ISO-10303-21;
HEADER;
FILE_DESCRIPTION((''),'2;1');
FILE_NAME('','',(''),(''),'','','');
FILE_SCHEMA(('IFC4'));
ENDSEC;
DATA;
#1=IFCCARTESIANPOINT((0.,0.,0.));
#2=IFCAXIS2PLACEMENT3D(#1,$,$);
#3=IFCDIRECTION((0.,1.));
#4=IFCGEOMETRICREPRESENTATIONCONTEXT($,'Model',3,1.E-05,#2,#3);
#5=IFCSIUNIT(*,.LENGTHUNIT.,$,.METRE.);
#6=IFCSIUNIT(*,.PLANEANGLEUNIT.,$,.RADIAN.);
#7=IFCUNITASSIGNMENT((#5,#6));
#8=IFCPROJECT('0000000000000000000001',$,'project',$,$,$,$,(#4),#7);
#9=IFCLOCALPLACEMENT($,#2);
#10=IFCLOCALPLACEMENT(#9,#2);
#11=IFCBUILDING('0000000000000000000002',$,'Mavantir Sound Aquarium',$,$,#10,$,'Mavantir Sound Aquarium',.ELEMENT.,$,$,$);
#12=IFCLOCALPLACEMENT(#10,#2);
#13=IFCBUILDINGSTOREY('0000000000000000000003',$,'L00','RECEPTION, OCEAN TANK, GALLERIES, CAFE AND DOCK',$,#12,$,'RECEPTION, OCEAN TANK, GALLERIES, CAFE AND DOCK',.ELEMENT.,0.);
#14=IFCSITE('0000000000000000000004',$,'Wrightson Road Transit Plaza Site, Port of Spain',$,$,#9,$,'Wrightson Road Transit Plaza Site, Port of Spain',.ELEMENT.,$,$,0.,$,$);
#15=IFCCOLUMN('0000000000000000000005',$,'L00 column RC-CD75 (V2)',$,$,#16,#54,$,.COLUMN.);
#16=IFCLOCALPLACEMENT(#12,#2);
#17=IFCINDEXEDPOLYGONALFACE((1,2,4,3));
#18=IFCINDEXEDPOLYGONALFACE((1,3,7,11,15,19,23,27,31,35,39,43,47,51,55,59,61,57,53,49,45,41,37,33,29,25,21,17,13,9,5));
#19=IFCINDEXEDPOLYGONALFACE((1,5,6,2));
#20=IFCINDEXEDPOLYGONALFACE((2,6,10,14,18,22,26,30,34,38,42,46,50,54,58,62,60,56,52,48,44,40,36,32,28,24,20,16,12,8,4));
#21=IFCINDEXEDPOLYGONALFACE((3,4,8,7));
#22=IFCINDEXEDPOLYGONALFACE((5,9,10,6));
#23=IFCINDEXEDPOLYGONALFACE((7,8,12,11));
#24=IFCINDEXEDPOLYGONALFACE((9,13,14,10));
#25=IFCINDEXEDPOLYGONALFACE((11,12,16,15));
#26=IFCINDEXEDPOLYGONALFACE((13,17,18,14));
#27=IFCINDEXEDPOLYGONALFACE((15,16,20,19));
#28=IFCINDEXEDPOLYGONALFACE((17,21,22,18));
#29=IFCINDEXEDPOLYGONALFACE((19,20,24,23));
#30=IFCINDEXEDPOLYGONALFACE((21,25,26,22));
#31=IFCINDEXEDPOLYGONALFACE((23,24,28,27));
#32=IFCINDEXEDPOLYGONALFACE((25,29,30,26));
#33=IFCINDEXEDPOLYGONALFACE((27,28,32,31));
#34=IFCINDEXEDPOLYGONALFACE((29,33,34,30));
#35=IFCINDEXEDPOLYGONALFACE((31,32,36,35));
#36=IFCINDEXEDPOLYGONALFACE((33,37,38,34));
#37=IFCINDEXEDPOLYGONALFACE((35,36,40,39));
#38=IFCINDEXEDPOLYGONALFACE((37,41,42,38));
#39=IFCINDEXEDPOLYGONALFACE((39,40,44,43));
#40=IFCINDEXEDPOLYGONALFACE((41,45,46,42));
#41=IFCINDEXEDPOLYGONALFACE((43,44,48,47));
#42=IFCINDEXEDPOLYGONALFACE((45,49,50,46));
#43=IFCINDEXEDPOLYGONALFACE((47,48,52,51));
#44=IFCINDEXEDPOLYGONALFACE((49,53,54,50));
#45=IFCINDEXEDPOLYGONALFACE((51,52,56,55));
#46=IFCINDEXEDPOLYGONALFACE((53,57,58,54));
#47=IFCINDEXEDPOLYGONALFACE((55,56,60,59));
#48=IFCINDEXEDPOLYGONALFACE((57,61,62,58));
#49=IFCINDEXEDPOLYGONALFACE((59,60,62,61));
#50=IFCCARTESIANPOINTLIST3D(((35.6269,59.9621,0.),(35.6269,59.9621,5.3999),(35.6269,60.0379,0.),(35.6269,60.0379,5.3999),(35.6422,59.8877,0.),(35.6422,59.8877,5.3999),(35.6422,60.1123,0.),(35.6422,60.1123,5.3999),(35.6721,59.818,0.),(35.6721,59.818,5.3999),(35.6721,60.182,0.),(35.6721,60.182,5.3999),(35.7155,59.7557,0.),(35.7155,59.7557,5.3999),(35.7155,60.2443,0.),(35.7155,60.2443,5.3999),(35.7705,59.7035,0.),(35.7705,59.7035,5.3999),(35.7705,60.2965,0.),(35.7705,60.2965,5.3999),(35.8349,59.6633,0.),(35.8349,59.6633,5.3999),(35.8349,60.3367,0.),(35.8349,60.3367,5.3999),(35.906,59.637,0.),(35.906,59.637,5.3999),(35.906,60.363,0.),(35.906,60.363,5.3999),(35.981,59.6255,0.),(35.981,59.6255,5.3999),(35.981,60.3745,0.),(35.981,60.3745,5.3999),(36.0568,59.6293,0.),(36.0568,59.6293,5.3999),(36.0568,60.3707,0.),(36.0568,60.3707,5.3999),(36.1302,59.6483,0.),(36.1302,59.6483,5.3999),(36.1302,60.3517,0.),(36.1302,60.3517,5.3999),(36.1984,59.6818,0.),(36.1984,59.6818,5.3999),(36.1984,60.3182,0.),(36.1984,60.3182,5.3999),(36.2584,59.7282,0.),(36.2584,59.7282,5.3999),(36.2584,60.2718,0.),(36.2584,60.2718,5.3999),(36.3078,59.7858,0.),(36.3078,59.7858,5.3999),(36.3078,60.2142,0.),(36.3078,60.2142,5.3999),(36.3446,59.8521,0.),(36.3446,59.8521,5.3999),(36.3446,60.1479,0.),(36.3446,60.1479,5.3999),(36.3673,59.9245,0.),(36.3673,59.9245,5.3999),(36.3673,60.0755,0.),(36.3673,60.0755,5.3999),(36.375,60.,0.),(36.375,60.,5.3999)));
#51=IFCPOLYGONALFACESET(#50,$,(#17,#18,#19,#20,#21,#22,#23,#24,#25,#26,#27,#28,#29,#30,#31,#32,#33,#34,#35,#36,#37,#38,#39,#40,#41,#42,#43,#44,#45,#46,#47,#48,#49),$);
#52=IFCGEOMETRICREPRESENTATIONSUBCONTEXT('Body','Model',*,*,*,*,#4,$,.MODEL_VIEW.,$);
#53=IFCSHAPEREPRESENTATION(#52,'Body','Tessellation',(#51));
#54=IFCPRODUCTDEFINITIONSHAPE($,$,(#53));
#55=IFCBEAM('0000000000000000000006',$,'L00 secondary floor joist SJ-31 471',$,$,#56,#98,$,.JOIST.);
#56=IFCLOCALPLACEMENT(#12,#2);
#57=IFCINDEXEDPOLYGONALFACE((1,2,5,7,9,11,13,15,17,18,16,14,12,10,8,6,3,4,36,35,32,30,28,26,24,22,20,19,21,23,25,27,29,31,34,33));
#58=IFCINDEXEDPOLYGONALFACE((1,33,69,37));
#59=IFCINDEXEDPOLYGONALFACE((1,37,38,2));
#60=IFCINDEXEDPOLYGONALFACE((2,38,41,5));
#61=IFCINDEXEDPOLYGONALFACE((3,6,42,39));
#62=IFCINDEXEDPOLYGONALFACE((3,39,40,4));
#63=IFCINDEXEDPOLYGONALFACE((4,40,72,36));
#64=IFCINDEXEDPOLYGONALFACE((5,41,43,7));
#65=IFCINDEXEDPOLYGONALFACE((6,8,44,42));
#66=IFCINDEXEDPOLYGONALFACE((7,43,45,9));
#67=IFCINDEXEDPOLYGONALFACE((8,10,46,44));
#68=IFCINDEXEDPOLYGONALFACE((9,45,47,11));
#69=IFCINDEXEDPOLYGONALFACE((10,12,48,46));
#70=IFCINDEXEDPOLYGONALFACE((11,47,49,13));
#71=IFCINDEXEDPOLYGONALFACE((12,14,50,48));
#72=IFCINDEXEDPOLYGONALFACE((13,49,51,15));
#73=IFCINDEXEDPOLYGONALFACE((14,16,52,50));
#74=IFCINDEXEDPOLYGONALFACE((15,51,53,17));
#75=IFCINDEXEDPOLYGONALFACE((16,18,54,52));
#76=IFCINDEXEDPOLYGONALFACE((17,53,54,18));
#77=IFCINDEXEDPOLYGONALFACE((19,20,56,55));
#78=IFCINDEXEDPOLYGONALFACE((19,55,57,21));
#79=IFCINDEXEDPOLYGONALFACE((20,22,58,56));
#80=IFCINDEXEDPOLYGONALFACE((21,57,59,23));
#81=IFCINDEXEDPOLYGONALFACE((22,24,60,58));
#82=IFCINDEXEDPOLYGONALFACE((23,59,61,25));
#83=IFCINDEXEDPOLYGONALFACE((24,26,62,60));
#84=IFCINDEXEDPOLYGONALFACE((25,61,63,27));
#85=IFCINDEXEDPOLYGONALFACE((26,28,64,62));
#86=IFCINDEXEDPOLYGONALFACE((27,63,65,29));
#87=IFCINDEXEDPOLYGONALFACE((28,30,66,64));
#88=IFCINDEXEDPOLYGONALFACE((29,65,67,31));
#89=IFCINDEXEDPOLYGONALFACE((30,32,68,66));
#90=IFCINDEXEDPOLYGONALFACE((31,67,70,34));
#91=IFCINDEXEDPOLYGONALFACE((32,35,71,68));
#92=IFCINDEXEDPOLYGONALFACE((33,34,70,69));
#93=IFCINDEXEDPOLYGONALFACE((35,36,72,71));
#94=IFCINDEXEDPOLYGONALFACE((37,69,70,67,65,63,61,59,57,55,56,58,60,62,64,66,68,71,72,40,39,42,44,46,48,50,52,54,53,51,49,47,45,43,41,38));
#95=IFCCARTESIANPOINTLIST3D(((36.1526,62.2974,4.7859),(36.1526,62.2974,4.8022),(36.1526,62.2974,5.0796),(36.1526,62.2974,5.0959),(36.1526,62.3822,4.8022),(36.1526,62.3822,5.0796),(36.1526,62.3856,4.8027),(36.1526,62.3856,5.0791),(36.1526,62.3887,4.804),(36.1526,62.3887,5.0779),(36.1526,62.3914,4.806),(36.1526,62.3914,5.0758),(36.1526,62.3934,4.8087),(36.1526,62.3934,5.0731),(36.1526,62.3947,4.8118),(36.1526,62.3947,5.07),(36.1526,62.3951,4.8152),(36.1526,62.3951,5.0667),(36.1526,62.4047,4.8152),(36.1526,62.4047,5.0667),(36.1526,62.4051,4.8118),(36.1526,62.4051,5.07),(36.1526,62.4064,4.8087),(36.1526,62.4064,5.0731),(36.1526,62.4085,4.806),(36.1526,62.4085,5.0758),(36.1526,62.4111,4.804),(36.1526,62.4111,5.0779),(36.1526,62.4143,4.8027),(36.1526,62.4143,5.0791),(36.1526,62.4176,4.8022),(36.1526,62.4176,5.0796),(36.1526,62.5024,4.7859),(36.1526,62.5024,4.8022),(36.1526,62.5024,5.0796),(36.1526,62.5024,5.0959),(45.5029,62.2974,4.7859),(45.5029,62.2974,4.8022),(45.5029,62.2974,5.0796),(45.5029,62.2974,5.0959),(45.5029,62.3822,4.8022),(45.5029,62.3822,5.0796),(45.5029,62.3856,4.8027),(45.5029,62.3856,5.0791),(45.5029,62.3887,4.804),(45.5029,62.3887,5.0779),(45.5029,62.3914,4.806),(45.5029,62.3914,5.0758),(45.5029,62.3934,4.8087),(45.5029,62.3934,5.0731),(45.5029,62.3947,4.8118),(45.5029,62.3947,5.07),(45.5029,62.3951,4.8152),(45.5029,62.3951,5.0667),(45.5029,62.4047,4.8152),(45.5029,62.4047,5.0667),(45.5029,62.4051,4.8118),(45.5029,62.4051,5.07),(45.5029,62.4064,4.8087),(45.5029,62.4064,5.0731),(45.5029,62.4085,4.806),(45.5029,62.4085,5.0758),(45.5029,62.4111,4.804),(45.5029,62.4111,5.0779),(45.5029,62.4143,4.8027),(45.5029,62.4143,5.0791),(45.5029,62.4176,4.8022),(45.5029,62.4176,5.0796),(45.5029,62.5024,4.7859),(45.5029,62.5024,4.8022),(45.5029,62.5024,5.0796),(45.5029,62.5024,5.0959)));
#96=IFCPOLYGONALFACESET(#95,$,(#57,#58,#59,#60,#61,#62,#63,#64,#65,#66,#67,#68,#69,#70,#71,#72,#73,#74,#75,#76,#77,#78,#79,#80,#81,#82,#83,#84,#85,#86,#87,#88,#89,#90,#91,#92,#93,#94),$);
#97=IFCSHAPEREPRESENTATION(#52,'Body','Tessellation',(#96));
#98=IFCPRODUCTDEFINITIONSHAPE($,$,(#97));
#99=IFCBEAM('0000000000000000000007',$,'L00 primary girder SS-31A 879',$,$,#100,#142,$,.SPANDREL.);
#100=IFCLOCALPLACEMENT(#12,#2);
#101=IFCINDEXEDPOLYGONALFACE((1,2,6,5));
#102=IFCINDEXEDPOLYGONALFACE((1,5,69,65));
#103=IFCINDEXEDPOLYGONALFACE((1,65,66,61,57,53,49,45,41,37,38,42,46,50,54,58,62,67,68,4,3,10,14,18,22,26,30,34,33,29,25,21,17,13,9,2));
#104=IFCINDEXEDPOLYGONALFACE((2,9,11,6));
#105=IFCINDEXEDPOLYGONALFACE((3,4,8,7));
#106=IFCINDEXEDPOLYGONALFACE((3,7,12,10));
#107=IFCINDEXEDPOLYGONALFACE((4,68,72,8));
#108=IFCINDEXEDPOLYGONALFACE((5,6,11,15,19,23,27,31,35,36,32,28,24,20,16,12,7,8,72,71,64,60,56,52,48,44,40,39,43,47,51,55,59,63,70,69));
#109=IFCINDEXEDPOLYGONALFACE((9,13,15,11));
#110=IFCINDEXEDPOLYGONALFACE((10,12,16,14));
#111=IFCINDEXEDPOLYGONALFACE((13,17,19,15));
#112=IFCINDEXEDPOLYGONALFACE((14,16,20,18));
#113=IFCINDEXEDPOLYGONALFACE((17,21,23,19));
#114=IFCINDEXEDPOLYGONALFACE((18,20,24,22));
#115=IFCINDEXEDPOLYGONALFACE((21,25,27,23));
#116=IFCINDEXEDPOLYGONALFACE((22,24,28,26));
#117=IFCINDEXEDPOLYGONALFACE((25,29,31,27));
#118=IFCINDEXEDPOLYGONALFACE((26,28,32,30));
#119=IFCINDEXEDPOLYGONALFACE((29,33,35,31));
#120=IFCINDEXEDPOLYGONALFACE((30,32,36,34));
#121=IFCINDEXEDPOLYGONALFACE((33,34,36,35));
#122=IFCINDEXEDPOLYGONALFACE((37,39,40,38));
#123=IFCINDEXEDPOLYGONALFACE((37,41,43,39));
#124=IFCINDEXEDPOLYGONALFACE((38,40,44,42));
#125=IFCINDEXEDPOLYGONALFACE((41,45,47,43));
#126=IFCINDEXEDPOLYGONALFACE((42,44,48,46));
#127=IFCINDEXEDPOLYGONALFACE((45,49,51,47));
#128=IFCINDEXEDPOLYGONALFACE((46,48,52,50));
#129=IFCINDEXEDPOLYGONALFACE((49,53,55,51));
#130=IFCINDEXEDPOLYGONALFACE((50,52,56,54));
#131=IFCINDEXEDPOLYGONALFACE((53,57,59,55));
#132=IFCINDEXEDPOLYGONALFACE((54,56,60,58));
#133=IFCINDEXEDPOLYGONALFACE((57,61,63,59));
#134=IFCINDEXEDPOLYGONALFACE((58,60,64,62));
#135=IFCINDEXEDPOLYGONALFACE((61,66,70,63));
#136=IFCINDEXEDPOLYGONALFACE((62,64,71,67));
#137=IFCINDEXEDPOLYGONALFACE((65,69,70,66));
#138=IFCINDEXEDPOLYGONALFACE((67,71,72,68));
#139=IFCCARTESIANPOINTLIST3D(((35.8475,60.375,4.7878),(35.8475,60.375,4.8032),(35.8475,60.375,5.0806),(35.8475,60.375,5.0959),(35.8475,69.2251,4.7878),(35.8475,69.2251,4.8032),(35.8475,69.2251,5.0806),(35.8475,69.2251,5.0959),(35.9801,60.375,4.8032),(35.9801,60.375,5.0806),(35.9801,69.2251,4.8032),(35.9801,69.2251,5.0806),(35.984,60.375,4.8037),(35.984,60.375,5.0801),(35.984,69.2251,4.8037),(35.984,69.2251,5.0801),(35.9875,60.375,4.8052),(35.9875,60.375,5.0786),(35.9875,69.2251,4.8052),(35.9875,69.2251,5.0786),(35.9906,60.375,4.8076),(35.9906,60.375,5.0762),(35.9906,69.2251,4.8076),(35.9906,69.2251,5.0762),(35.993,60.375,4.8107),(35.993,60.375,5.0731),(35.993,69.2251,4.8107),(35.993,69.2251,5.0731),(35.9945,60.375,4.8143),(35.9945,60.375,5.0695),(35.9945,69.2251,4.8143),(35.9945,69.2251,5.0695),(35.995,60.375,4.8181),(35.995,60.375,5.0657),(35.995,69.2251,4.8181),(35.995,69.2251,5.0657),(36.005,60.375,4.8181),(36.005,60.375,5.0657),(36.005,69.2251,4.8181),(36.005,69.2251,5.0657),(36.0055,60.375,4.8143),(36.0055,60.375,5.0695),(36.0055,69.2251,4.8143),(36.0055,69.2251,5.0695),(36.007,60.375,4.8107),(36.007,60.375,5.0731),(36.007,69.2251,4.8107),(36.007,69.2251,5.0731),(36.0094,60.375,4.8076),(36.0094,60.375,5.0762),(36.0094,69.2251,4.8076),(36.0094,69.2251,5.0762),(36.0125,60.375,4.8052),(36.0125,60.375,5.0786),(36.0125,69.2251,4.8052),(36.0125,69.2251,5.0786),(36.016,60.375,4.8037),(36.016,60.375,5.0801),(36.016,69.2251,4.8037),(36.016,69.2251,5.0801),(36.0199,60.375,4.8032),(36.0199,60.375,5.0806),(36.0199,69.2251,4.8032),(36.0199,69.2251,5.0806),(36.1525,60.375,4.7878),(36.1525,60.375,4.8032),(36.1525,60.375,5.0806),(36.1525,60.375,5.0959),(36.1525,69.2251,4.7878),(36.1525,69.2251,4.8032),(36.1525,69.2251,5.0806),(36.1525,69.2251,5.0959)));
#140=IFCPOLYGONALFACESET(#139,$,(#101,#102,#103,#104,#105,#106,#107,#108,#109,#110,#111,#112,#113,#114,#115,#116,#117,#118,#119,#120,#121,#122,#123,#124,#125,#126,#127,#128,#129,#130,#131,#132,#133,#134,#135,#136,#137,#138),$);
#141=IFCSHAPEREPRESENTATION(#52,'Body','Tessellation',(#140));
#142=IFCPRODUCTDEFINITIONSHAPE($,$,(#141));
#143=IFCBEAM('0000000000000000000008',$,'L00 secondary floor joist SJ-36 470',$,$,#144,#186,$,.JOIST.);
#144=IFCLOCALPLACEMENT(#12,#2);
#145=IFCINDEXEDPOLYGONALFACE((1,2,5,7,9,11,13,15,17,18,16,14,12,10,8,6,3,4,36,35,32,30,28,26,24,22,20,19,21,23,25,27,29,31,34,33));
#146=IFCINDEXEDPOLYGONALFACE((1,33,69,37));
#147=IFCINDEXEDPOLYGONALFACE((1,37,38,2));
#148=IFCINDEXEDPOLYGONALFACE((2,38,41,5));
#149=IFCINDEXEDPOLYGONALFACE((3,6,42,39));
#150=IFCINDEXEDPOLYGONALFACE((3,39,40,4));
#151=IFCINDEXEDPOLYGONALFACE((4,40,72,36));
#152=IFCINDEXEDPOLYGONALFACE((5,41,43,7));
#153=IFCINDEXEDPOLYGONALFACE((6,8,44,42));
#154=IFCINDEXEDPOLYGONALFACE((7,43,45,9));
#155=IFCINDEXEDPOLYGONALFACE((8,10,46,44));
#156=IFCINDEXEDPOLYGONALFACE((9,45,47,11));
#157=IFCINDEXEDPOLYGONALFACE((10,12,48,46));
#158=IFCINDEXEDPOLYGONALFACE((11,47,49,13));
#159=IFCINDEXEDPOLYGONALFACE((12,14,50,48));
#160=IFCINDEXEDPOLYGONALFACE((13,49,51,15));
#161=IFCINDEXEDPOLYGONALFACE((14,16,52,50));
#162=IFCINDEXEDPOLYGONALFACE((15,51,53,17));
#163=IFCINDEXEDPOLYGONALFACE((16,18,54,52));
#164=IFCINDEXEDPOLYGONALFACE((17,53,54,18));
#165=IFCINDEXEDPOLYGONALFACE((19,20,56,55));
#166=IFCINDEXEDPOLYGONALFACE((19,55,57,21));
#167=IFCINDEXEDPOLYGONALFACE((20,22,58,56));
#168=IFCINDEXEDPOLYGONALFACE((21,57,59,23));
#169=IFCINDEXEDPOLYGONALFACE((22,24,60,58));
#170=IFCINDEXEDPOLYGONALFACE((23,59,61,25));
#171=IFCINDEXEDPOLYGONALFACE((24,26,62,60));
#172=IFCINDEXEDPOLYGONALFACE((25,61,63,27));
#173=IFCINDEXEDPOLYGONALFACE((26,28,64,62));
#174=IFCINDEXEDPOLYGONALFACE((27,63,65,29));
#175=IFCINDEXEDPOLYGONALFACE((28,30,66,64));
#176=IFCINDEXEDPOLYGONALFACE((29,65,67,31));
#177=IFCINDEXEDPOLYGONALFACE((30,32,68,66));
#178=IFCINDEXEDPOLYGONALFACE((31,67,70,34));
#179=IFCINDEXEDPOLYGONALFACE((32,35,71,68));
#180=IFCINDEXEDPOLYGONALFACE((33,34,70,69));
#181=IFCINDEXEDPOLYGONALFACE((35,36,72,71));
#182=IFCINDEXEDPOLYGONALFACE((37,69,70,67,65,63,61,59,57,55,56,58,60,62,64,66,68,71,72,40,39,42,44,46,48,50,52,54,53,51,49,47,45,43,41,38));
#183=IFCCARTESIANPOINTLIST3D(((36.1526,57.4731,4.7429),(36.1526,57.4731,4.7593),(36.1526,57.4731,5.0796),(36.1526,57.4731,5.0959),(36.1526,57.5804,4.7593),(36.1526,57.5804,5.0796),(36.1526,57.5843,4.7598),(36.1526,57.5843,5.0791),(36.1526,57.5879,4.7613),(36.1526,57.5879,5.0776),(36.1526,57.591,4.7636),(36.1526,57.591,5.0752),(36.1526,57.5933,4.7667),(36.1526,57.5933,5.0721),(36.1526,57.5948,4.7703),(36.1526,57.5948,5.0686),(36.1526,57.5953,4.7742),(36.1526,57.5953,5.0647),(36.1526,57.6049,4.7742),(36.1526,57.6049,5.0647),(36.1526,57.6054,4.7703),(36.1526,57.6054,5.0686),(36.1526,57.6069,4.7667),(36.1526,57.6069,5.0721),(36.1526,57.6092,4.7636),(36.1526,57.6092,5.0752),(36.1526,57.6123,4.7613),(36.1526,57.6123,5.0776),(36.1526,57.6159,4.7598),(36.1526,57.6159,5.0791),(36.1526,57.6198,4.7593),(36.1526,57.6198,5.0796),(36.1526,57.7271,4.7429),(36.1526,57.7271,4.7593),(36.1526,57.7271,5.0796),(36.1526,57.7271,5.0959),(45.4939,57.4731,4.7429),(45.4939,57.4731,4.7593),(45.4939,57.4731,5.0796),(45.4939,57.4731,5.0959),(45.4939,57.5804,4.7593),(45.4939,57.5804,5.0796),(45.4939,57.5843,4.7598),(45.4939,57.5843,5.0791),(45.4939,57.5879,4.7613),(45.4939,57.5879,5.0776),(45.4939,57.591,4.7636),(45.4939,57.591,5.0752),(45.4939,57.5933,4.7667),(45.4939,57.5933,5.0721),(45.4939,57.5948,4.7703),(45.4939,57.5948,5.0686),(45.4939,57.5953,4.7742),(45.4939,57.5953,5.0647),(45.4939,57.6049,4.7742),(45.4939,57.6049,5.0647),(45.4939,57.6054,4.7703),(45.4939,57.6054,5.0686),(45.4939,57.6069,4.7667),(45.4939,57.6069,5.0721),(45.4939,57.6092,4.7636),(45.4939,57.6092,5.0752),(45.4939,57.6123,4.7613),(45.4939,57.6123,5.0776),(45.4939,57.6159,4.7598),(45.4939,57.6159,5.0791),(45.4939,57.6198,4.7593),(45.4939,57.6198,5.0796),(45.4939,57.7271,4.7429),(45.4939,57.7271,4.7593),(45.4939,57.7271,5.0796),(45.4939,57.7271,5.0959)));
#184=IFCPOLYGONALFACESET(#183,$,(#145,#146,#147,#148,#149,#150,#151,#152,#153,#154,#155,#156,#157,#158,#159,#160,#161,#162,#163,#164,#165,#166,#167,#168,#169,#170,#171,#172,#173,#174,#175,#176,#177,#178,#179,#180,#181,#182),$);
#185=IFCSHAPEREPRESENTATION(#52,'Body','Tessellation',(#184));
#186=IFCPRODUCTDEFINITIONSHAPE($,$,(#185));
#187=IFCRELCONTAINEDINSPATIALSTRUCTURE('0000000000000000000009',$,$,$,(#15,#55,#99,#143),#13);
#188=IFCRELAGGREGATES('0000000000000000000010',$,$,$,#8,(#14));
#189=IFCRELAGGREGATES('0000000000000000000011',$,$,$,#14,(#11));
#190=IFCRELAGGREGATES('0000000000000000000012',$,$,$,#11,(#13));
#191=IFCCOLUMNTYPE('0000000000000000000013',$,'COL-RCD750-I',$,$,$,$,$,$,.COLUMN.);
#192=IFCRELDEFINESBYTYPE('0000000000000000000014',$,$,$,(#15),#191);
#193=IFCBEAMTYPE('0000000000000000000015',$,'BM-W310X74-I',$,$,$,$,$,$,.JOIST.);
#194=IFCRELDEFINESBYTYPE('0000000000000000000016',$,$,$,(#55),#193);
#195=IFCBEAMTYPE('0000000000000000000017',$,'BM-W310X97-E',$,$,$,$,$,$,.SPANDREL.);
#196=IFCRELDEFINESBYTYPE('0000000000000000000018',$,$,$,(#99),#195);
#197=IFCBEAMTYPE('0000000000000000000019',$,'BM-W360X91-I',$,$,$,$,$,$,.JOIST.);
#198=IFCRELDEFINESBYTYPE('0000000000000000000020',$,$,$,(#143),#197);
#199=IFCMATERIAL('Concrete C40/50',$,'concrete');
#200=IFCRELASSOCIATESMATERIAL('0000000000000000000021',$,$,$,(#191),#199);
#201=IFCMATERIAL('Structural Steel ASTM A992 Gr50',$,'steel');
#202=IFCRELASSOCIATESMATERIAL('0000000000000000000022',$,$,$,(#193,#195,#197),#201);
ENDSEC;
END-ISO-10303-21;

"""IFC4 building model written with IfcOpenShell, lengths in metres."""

from ifc_helpers import new_model, si_unit, direction, frame, origin, origin_2d, place, context, subcontext, project, spatial, circle, i_section, extrude, material, material_profile, profile_set, type_object, element, save


model = new_model("IFC4")

# Units and contexts
model_context = context("Model", 3, precision=1e-05, world=origin(), true_north=direction((0.0, 1.0)))
body_context = subcontext(model_context, "Body", "Model", "MODEL_VIEW")
ifc_project = project(units=[si_unit("LENGTHUNIT", "METRE"), si_unit("PLANEANGLEUNIT", "RADIAN")], contexts=[model_context])

# Site, building, storey
site_placement = place(None, origin())
site = spatial("IfcSite", under=ifc_project, at=site_placement, Name="Wrightson Road Transit Plaza Site, Port of Spain", LongName="Wrightson Road Transit Plaza Site, Port of Spain", CompositionType="ELEMENT", RefElevation=0.0)
building_placement = place(site_placement, origin())
building = spatial("IfcBuilding", under=site, at=building_placement, Name="Mavantir Sound Aquarium", LongName="Mavantir Sound Aquarium", CompositionType="ELEMENT")
storey_placement = place(building_placement, origin())
storey = spatial("IfcBuildingStorey", under=building, at=storey_placement, Name="L00", Description="RECEPTION, OCEAN TANK, GALLERIES, CAFE AND DOCK", LongName="RECEPTION, OCEAN TANK, GALLERIES, CAFE AND DOCK", CompositionType="ELEMENT", Elevation=0.0)

# Column
ifc_material_1 = material(Name="Concrete C40/50", Category="concrete")
ifc_material_profile_1 = material_profile(ifc_material_1, circle(Radius=0.375, at=origin_2d()), Name="RC D750")
ifc_profile_set_1 = profile_set([ifc_material_profile_1], Name="Concrete C40/50")
column_type = type_object("IfcColumnType", Name="COL-RCD750-I", PredefinedType="COLUMN", material=ifc_profile_set_1)
column_placement = place(storey_placement, frame((36.0, 60.0, 0.0), z_axis=(0.0, 0.0, 1.0), x_axis=(1.0, 0.0, 0.0)))
element("IfcColumn", 1, at=column_placement, inside=storey, type_object=column_type, Name="L00 column RC-CD75 (V2)", PredefinedType="COLUMN", context=body_context, shape_type="SweptSolid", body=[
    extrude(circle(Radius=0.375, at=origin_2d()), origin(), (0.0, 0.0, 1.0), 5.3999),
])

# Beams
ifc_material_2 = material(Name="Structural Steel ASTM A992 Gr50", Category="steel")
ifc_material_profile_2 = material_profile(ifc_material_2, i_section(OverallWidth=0.2051, OverallDepth=0.3101, WebThickness=0.0095, FlangeThickness=0.0164, FilletRadius=0.0129, at=origin_2d()), Name="W310X74")
ifc_profile_set_2 = profile_set([ifc_material_profile_2], Name="Structural Steel ASTM A992 Gr50")
beam_type_1 = type_object("IfcBeamType", Name="BM-W310X74-I", PredefinedType="JOIST", material=ifc_profile_set_2)
beam_1_placement = place(storey_placement, frame((36.1526, 62.3999, 4.9409), z_axis=(1.0, 0.0, 0.0), x_axis=(0.0, 1.0, 0.0)))
element("IfcBeam", 2, at=beam_1_placement, inside=storey, type_object=beam_type_1, Name="L00 secondary floor joist SJ-31 471", PredefinedType="JOIST", context=body_context, shape_type="SweptSolid", body=[
    extrude(i_section(OverallWidth=0.2051, OverallDepth=0.3101, WebThickness=0.0095, FlangeThickness=0.0164, FilletRadius=0.0129, at=origin_2d()), origin(), (0.0, 0.0, 1.0), 9.3503),
])
ifc_material_profile_3 = material_profile(ifc_material_2, i_section(OverallWidth=0.3049, OverallDepth=0.3081, WebThickness=0.01, FlangeThickness=0.0154, FilletRadius=0.0149, at=origin_2d()), Name="W310X97")
ifc_profile_set_3 = profile_set([ifc_material_profile_3], Name="Structural Steel ASTM A992 Gr50")
beam_type_2 = type_object("IfcBeamType", Name="BM-W310X97-E", PredefinedType="SPANDREL", material=ifc_profile_set_3)
beam_2_placement = place(storey_placement, frame((36.0, 60.375, 4.9419), z_axis=(0.0, 1.0, 0.0), x_axis=(-1.0, 0.0, 0.0)))
element("IfcBeam", 3, at=beam_2_placement, inside=storey, type_object=beam_type_2, Name="L00 primary girder SS-31A 879", PredefinedType="SPANDREL", context=body_context, shape_type="SweptSolid", body=[
    extrude(i_section(OverallWidth=0.3049, OverallDepth=0.3081, WebThickness=0.01, FlangeThickness=0.0154, FilletRadius=0.0149, at=origin_2d()), origin(), (0.0, 0.0, 1.0), 8.8501),
])
ifc_material_profile_4 = material_profile(ifc_material_2, i_section(OverallWidth=0.2539, OverallDepth=0.353, WebThickness=0.0095, FlangeThickness=0.0164, FilletRadius=0.0149, at=origin_2d()), Name="W360X91")
ifc_profile_set_4 = profile_set([ifc_material_profile_4], Name="Structural Steel ASTM A992 Gr50")
beam_type_3 = type_object("IfcBeamType", Name="BM-W360X91-I", PredefinedType="JOIST", material=ifc_profile_set_4)
beam_3_placement = place(storey_placement, frame((36.1526, 57.6001, 4.9194), z_axis=(1.0, 0.0, 0.0), x_axis=(0.0, 1.0, 0.0)))
element("IfcBeam", 4, at=beam_3_placement, inside=storey, type_object=beam_type_3, Name="L00 secondary floor joist SJ-36 470", PredefinedType="JOIST", context=body_context, shape_type="SweptSolid", body=[
    extrude(i_section(OverallWidth=0.2539, OverallDepth=0.353, WebThickness=0.0095, FlangeThickness=0.0164, FilletRadius=0.0149, at=origin_2d()), origin(), (0.0, 0.0, 1.0), 9.3413),
])

save(model, "model.ifc")
